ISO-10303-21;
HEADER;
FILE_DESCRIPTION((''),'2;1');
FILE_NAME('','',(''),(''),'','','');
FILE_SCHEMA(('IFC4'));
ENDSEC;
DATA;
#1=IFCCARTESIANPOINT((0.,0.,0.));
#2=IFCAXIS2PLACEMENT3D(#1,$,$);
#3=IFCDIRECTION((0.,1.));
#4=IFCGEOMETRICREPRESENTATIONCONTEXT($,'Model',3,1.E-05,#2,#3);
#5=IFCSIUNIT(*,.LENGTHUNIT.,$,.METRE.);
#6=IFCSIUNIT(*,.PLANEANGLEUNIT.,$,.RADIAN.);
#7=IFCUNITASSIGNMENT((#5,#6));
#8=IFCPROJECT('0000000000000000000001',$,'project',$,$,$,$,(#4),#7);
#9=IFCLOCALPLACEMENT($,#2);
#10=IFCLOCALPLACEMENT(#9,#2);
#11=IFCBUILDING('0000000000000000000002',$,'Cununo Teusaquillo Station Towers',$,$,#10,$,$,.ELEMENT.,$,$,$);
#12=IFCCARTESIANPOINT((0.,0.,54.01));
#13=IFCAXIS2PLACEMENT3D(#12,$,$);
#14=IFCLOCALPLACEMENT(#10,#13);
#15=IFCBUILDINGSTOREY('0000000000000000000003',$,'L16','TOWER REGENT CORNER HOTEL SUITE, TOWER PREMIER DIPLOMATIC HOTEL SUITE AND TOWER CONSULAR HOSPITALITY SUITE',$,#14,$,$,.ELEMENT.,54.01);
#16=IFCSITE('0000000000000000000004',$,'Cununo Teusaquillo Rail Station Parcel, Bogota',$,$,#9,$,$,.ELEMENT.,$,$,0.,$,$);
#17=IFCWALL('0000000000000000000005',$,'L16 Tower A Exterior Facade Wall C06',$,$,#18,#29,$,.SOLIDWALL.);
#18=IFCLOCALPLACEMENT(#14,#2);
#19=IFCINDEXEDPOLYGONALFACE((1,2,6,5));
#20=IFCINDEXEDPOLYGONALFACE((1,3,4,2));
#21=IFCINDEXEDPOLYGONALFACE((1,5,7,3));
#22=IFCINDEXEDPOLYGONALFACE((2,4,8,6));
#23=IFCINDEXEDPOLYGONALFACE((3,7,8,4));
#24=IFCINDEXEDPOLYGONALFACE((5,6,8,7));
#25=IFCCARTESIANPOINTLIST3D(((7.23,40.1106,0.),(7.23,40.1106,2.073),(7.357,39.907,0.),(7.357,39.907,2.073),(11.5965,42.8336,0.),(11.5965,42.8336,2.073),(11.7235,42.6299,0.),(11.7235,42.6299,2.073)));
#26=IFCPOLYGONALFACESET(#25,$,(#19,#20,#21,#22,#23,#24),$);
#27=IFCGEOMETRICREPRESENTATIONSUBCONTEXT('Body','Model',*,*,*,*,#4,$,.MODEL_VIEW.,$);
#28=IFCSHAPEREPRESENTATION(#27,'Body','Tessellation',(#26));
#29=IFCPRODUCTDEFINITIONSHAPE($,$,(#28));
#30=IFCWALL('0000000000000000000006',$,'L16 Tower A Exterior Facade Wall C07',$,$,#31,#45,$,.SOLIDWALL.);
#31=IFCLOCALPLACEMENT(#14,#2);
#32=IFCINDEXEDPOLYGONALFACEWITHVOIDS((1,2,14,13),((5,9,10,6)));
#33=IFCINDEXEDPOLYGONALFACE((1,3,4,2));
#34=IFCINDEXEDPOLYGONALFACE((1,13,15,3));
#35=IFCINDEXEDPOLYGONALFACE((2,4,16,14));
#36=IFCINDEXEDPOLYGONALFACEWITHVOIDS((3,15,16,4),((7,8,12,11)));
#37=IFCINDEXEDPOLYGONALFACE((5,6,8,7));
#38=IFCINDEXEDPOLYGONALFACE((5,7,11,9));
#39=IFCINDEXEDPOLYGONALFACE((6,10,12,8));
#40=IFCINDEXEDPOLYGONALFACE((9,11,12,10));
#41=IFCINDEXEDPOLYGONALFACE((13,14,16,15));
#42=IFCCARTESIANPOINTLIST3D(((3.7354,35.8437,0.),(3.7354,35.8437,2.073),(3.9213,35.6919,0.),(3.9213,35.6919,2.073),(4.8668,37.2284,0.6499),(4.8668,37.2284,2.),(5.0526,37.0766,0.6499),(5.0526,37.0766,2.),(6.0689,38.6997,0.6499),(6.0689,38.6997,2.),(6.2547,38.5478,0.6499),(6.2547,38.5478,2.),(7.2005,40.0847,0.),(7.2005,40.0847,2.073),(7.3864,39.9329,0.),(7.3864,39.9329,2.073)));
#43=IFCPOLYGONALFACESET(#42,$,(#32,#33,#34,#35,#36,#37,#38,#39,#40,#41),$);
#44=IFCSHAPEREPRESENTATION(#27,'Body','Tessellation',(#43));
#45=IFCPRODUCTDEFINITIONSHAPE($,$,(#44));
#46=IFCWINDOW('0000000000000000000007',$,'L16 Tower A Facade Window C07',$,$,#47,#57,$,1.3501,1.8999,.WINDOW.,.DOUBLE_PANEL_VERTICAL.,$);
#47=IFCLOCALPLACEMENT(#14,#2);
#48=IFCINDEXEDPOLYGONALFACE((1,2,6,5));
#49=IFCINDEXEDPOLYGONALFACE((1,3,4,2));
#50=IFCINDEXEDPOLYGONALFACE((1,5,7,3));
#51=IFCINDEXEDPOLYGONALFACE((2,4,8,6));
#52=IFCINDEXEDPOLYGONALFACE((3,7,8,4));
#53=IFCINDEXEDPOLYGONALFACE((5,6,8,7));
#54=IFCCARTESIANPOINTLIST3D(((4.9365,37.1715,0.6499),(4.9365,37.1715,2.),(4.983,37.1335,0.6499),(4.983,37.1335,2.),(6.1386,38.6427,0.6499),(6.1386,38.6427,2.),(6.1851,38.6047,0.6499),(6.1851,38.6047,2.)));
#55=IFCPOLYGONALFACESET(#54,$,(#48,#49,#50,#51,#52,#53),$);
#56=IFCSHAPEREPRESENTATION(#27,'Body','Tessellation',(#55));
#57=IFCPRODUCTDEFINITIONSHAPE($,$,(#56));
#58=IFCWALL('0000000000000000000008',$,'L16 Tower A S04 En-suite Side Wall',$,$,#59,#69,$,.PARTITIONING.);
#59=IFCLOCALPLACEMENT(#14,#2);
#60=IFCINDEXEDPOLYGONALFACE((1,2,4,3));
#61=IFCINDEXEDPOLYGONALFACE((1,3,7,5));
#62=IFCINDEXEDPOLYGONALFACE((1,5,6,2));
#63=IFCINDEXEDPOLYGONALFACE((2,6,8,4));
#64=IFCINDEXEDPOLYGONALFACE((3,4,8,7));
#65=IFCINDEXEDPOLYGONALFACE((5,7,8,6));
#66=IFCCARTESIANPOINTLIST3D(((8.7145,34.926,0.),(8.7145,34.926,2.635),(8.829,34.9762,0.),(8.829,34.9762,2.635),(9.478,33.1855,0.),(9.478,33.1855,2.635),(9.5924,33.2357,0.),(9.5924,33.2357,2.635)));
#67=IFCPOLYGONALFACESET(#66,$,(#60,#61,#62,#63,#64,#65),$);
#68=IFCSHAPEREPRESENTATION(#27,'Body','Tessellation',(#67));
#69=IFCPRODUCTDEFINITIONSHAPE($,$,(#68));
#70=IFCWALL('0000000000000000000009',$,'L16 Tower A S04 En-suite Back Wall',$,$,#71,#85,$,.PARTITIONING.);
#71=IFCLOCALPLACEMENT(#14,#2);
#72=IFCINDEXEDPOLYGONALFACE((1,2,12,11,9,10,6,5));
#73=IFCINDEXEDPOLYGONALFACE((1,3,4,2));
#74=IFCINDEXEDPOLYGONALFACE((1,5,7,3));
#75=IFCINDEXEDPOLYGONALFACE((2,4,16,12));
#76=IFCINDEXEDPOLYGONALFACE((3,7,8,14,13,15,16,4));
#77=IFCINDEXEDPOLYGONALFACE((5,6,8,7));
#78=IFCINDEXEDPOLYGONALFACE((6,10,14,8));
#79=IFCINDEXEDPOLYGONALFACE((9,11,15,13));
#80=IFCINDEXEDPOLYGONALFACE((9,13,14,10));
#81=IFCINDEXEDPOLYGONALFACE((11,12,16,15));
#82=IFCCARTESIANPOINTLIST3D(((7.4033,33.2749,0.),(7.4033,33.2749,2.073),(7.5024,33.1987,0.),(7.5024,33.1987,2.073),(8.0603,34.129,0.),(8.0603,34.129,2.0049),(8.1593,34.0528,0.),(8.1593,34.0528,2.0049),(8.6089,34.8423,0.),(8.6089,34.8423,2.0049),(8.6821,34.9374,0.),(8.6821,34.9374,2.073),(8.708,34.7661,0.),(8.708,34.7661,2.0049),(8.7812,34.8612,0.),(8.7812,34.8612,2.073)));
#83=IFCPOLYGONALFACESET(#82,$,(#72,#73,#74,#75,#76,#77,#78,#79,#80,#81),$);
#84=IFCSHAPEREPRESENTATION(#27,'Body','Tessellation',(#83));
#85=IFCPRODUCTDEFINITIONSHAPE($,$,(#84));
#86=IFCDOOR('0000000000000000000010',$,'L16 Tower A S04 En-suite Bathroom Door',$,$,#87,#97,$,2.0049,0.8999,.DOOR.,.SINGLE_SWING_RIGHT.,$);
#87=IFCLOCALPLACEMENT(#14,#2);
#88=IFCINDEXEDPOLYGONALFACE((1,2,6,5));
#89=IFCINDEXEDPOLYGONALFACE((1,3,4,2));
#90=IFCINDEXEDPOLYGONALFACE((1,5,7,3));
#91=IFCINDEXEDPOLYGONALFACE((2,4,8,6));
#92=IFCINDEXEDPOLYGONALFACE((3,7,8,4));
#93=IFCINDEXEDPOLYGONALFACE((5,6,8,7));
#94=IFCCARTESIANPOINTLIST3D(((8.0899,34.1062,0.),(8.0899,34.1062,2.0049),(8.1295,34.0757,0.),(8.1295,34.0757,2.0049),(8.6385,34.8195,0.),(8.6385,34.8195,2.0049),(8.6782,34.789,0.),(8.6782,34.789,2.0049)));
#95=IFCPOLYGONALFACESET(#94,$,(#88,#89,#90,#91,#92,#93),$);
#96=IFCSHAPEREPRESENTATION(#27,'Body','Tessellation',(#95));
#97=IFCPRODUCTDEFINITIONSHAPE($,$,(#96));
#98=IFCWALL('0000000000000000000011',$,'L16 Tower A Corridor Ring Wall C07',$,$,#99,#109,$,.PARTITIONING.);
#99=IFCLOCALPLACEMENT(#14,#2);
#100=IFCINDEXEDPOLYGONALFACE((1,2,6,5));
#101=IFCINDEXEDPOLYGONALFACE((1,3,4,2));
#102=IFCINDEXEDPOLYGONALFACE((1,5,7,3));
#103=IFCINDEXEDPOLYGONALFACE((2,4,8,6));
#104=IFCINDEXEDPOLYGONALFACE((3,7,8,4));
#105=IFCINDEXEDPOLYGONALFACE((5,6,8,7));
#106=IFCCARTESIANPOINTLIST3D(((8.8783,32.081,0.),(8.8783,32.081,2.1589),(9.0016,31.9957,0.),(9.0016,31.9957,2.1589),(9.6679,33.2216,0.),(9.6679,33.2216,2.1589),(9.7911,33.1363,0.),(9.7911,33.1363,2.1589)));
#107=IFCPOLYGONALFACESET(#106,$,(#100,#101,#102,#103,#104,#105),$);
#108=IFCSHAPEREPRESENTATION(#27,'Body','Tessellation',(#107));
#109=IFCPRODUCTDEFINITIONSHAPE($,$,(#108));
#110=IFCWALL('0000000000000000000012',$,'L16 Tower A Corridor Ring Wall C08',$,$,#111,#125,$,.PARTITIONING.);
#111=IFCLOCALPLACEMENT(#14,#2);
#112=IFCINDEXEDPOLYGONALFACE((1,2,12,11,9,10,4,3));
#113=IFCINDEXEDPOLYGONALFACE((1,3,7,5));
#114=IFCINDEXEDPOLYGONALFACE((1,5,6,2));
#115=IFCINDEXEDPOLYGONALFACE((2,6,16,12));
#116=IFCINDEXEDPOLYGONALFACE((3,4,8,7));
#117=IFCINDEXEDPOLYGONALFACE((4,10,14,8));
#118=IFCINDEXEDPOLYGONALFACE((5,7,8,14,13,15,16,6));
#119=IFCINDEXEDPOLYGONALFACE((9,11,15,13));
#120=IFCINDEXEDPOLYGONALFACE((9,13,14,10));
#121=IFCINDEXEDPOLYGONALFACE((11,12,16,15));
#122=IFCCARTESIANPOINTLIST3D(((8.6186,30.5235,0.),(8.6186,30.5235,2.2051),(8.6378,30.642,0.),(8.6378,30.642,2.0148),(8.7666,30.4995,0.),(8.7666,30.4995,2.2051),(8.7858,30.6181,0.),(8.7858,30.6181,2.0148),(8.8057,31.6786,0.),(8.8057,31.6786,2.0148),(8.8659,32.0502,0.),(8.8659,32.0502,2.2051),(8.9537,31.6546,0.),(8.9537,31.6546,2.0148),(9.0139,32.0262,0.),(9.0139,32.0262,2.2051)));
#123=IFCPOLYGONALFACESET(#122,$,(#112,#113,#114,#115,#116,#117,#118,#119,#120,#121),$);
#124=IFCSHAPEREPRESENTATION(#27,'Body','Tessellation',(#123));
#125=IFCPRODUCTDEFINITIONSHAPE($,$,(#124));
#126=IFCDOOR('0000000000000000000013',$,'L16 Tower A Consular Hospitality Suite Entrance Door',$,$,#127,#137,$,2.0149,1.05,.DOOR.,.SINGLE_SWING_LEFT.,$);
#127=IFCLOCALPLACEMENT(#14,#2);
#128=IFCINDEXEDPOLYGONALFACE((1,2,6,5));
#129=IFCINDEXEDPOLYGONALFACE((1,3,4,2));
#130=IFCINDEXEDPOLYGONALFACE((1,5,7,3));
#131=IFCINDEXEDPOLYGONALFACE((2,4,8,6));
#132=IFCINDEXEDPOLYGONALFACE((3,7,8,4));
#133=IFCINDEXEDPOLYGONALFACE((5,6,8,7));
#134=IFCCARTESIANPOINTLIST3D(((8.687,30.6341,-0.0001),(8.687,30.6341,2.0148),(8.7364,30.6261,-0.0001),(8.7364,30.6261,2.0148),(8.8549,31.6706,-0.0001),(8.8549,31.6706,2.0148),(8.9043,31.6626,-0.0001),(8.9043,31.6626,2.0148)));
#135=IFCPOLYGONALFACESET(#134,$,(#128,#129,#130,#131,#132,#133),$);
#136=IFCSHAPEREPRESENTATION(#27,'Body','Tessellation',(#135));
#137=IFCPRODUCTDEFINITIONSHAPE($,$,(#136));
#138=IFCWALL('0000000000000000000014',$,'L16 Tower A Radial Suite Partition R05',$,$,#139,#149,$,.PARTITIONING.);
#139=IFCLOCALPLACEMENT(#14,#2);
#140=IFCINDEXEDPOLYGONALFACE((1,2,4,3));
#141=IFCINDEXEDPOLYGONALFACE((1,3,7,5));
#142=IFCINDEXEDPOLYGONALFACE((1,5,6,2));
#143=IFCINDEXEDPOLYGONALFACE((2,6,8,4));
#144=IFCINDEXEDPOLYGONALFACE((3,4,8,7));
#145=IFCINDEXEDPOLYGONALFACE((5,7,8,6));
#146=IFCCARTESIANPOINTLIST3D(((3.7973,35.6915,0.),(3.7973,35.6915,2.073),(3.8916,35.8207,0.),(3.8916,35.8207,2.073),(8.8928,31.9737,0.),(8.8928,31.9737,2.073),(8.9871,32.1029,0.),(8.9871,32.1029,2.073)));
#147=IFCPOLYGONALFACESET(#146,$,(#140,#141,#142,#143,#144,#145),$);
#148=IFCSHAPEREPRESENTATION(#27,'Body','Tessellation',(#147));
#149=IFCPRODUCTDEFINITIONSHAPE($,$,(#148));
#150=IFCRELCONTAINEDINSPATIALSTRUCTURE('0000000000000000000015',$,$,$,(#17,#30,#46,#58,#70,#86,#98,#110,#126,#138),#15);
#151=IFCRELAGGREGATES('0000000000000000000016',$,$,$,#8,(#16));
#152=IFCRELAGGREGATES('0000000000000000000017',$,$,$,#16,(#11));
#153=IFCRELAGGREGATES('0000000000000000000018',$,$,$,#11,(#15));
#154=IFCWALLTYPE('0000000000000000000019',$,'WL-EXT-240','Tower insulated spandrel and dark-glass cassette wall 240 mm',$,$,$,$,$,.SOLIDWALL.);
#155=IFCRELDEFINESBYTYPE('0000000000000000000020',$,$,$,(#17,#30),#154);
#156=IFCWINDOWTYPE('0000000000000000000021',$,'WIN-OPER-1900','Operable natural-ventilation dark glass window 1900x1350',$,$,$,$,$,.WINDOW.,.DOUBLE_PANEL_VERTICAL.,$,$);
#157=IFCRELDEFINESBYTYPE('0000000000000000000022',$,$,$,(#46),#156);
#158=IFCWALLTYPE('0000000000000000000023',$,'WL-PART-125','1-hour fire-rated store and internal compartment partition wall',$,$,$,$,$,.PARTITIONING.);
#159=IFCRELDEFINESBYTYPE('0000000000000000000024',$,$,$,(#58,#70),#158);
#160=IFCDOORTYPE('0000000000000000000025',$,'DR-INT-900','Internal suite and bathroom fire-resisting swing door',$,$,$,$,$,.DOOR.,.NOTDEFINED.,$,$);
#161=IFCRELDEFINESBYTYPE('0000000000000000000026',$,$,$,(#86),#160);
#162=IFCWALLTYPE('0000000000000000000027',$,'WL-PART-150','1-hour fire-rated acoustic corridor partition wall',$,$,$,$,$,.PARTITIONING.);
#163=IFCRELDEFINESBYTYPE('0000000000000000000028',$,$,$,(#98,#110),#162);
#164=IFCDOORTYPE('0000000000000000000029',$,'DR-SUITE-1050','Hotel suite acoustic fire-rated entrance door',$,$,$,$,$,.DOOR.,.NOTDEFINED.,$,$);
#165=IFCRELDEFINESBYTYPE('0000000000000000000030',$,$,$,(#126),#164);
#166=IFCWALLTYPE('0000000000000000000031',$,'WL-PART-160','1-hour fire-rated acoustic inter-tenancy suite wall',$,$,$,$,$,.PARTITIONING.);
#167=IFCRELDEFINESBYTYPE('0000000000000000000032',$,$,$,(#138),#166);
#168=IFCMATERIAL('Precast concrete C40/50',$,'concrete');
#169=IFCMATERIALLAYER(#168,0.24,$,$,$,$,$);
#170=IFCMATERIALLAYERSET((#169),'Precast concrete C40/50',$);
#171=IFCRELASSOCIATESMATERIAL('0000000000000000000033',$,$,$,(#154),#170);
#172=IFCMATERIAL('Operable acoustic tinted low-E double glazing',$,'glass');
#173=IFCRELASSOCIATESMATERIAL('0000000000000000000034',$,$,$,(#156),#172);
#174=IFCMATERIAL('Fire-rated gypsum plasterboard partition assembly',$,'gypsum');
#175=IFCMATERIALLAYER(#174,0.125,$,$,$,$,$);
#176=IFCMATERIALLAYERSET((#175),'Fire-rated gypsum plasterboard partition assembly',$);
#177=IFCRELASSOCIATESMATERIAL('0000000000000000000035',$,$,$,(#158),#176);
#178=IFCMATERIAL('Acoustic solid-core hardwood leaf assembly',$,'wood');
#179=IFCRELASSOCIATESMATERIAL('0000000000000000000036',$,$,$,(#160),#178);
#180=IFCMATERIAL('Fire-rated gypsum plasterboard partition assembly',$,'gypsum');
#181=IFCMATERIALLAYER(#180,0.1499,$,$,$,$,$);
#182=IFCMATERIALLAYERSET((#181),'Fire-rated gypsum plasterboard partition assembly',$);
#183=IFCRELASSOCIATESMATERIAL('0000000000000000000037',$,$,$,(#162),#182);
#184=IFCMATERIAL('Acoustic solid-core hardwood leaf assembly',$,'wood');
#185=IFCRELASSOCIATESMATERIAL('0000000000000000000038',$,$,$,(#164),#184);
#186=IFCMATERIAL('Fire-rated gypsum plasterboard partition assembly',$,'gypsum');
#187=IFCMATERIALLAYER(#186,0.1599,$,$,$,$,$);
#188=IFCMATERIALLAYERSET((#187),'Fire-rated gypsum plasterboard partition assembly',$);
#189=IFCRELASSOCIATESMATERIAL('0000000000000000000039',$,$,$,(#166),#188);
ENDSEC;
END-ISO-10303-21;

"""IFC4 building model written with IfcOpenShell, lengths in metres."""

from ifc_helpers import new_model, si_unit, direction, frame, frame_2d, origin, place, context, subcontext, project, spatial, rectangle, extrude, source, transform, mapped, material, layer, layer_set, type_object, element, fill, save


model = new_model("IFC4")

# Units and contexts
model_context = context("Model", 3, precision=1e-05, world=origin(), true_north=direction((0.0, 1.0)))
body_context = subcontext(model_context, "Body", "Model", "MODEL_VIEW")
ifc_project = project(units=[si_unit("LENGTHUNIT", "METRE"), si_unit("PLANEANGLEUNIT", "RADIAN")], contexts=[model_context])

# Site, building, storey
site_placement = place(None, origin())
site = spatial("IfcSite", under=ifc_project, at=site_placement, Name="Cununo Teusaquillo Rail Station Parcel, Bogota", CompositionType="ELEMENT", RefElevation=0.0)
building_placement = place(site_placement, origin())
building = spatial("IfcBuilding", under=site, at=building_placement, Name="Cununo Teusaquillo Station Towers", CompositionType="ELEMENT")
storey_placement = place(building_placement, frame((0.0, 0.0, 54.01)))
storey = spatial("IfcBuildingStorey", under=building, at=storey_placement, Name="L16", Description="TOWER REGENT CORNER HOTEL SUITE, TOWER PREMIER DIPLOMATIC HOTEL SUITE AND TOWER CONSULAR HOSPITALITY SUITE", CompositionType="ELEMENT", Elevation=54.01)

# Wall
ifc_material_1 = material(Name="Precast concrete C40/50", Category="concrete")
ifc_layer_1 = layer(ifc_material_1, 0.24)
ifc_layer_set_1 = layer_set([ifc_layer_1], Name="Precast concrete C40/50")
wall_type_1 = type_object("IfcWallType", Name="WL-EXT-240", Description="Tower insulated spandrel and dark-glass cassette wall 240 mm", PredefinedType="SOLIDWALL", material=ifc_layer_set_1)
wall_1_placement = place(storey_placement, frame((7.2935, 40.0088, 0.0), z_axis=(0.0, 0.0, 1.0), x_axis=(0.848534, 0.529141, 0.0)))
element("IfcWall", 1, at=wall_1_placement, inside=storey, type_object=wall_type_1, Name="L16 Tower A Exterior Facade Wall C06", PredefinedType="SOLIDWALL", context=body_context, shape_type="SweptSolid", body=[
    extrude(rectangle(XDim=5.146, YDim=0.24, at=frame_2d((2.573, 0.0))), origin(), (0.0, 0.0, 1.0), 2.073),
])

# Wall, opening, window
wall_2_placement = place(storey_placement, frame((3.8284, 35.7678, 0.0), z_axis=(0.0, 0.0, 1.0), x_axis=(0.632713, 0.774386, 0.0)))
wall_2 = element("IfcWall", 2, at=wall_2_placement, inside=storey, type_object=wall_type_1, Name="L16 Tower A Exterior Facade Wall C07", PredefinedType="SOLIDWALL", context=body_context, shape_type="SweptSolid", body=[
    extrude(rectangle(XDim=5.4766, YDim=0.24, at=frame_2d((2.7383, 0.0))), origin(), (0.0, 0.0, 1.0), 2.073),
])
shared_shape_1 = source(origin(), body_context, "Body", "SweptSolid", [
    extrude(rectangle(XDim=1.8999, YDim=1.3501, at=frame_2d((0.95, 0.675))), frame((0.0, 0.1299, 0.0), z_axis=(0.0, -1.0, 0.0), x_axis=(1.0, 0.0, 0.0)), (0.0, 0.0, 1.0), 0.26),
])
opening_1_placement = place(wall_2_placement, frame((1.7881, 0.0, 0.6499)))
opening_1 = element("IfcOpeningElement", 3, at=opening_1_placement, cuts=wall_2, PredefinedType="OPENING", context=body_context, shape_type="MappedRepresentation", body=[
    mapped(shared_shape_1, transform((0.0, 0.0, 0.0), x_axis=(1.0, 0.0, 0.0), y_axis=(0.0, 1.0, 0.0), z_axis=(0.0, 0.0, 1.0), scale=1.0)),
])
ifc_material_2 = material(Name="Operable acoustic tinted low-E double glazing", Category="glass")
window_type = type_object("IfcWindowType", Name="WIN-OPER-1900", Description="Operable natural-ventilation dark glass window 1900x1350", PartitioningType="DOUBLE_PANEL_VERTICAL", PredefinedType="WINDOW", material=ifc_material_2)
shared_shape_2 = source(origin(), body_context, "Body", "SweptSolid", [
    extrude(rectangle(XDim=1.8999, YDim=1.3501, at=frame_2d((0.95, 0.675))), frame((0.0, 0.03, 0.0), z_axis=(0.0, -1.0, 0.0), x_axis=(1.0, 0.0, 0.0)), (0.0, 0.0, 1.0), 0.0601),
])
window_placement = place(opening_1_placement, origin())
window = element("IfcWindow", 4, at=window_placement, inside=storey, type_object=window_type, Name="L16 Tower A Facade Window C07", OverallHeight=1.3501, OverallWidth=1.8999, PartitioningType="DOUBLE_PANEL_VERTICAL", PredefinedType="WINDOW", context=body_context, shape_type="MappedRepresentation", body=[
    mapped(shared_shape_2, transform((0.0, 0.0, 0.0), x_axis=(1.0, 0.0, 0.0), y_axis=(0.0, 1.0, 0.0), z_axis=(0.0, 0.0, 1.0), scale=1.0)),
])
fill(opening_1, window)

# Wall
ifc_material_3 = material(Name="Fire-rated gypsum plasterboard partition assembly", Category="gypsum")
ifc_layer_2 = layer(ifc_material_3, 0.125)
ifc_layer_set_2 = layer_set([ifc_layer_2], Name="Fire-rated gypsum plasterboard partition assembly")
wall_type_2 = type_object("IfcWallType", Name="WL-PART-125", Description="1-hour fire-rated store and internal compartment partition wall", PredefinedType="PARTITIONING", material=ifc_layer_set_2)
wall_3_placement = place(storey_placement, frame((9.5352, 33.2107, 0.0), z_axis=(0.0, 0.0, 1.0), x_axis=(-0.401688, 0.915777, 0.0)))
element("IfcWall", 5, at=wall_3_placement, inside=storey, type_object=wall_type_2, Name="L16 Tower A S04 En-suite Side Wall", PredefinedType="PARTITIONING", context=body_context, shape_type="SweptSolid", body=[
    extrude(rectangle(XDim=1.9006, YDim=0.125, at=frame_2d((0.9502, 0.0))), origin(), (0.0, 0.0, 1.0), 2.635),
])

# Wall, opening, door
wall_4_placement = place(storey_placement, frame((8.7317, 34.8994, 0.0), z_axis=(0.0, 0.0, 1.0), x_axis=(-0.609677, -0.79265, 0.0)))
wall_4 = element("IfcWall", 6, at=wall_4_placement, inside=storey, type_object=wall_type_2, Name="L16 Tower A S04 En-suite Back Wall", PredefinedType="PARTITIONING", context=body_context, shape_type="SweptSolid", body=[
    extrude(rectangle(XDim=2.0974, YDim=0.125, at=frame_2d((1.0488, 0.0))), origin(), (0.0, 0.0, 1.0), 2.073),
])
shared_shape_3 = source(origin(), body_context, "Body", "SweptSolid", [
    extrude(rectangle(XDim=0.8999, YDim=2.0049, at=frame_2d((0.45, 1.0024))), frame((0.0, 0.0725, 0.0), z_axis=(0.0, -1.0, 0.0), x_axis=(1.0, 0.0, 0.0)), (0.0, 0.0, 1.0), 0.145),
])
opening_2_placement = place(wall_4_placement, frame((0.1201, 0.0, 0.0)))
opening_2 = element("IfcOpeningElement", 7, at=opening_2_placement, cuts=wall_4, PredefinedType="OPENING", context=body_context, shape_type="MappedRepresentation", body=[
    mapped(shared_shape_3, transform((0.0, 0.0, 0.0), x_axis=(1.0, 0.0, 0.0), y_axis=(0.0, 1.0, 0.0), z_axis=(0.0, 0.0, 1.0), scale=1.0)),
])
ifc_material_4 = material(Name="Acoustic solid-core hardwood leaf assembly", Category="wood")
door_type_1 = type_object("IfcDoorType", Name="DR-INT-900", Description="Internal suite and bathroom fire-resisting swing door", OperationType="NOTDEFINED", PredefinedType="DOOR", material=ifc_material_4)
shared_shape_4 = source(origin(), body_context, "Body", "SweptSolid", [
    extrude(rectangle(XDim=0.8999, YDim=2.0049, at=frame_2d((0.45, 1.0024))), frame((0.0, 0.0249, 0.0), z_axis=(0.0, -1.0, 0.0), x_axis=(1.0, 0.0, 0.0)), (0.0, 0.0, 1.0), 0.05),
])
door_1_placement = place(opening_2_placement, origin())
door_1 = element("IfcDoor", 8, at=door_1_placement, inside=storey, type_object=door_type_1, Name="L16 Tower A S04 En-suite Bathroom Door", OperationType="SINGLE_SWING_RIGHT", OverallHeight=2.0049, OverallWidth=0.8999, PredefinedType="DOOR", context=body_context, shape_type="MappedRepresentation", body=[
    mapped(shared_shape_4, transform((0.0, 0.0, 0.0), x_axis=(1.0, 0.0, 0.0), y_axis=(0.0, 1.0, 0.0), z_axis=(0.0, 0.0, 1.0), scale=1.0)),
])
fill(opening_2, door_1)

# Wall
ifc_material_5 = material(Name="Fire-rated gypsum plasterboard partition assembly", Category="gypsum")
ifc_layer_3 = layer(ifc_material_5, 0.1499)
ifc_layer_set_3 = layer_set([ifc_layer_3], Name="Fire-rated gypsum plasterboard partition assembly")
wall_type_3 = type_object("IfcWallType", Name="WL-PART-150", Description="1-hour fire-rated acoustic corridor partition wall", PredefinedType="PARTITIONING", material=ifc_layer_set_3)
wall_5_placement = place(storey_placement, frame((9.7295, 33.179, 0.0), z_axis=(0.0, 0.0, 1.0), x_axis=(-0.569155, -0.82223, 0.0)))
element("IfcWall", 9, at=wall_5_placement, inside=storey, type_object=wall_type_3, Name="L16 Tower A Corridor Ring Wall C07", PredefinedType="PARTITIONING", context=body_context, shape_type="SweptSolid", body=[
    extrude(rectangle(XDim=1.3872, YDim=0.1499, at=frame_2d((0.6936, 0.0))), origin(), (0.0, 0.0, 1.0), 2.1589),
])

# Wall, opening, door
wall_6_placement = place(storey_placement, frame((8.9399, 32.0383, 0.0), z_axis=(0.0, 0.0, 1.0), x_axis=(-0.159917, -0.98713, 0.0)))
wall_6 = element("IfcWall", 10, at=wall_6_placement, inside=storey, type_object=wall_type_3, Name="L16 Tower A Corridor Ring Wall C08", PredefinedType="PARTITIONING", context=body_context, shape_type="SweptSolid", body=[
    extrude(rectangle(XDim=1.5466, YDim=0.1499, at=frame_2d((0.7734, 0.0))), origin(), (0.0, 0.0, 1.0), 2.2051),
])
shared_shape_5 = source(origin(), body_context, "Body", "SweptSolid", [
    extrude(rectangle(XDim=1.05, YDim=2.0149, at=frame_2d((0.5249, 1.0073))), frame((0.0, 0.085, 0.0), z_axis=(0.0, -1.0, 0.0), x_axis=(1.0, 0.0, 0.0)), (0.0, 0.0, 1.0), 0.1699),
])
opening_3_placement = place(wall_6_placement, frame((0.3767, 0.0, 0.0)))
opening_3 = element("IfcOpeningElement", 11, at=opening_3_placement, cuts=wall_6, PredefinedType="OPENING", context=body_context, shape_type="MappedRepresentation", body=[
    mapped(shared_shape_5, transform((0.0, 0.0, 0.0), x_axis=(1.0, 0.0, 0.0), y_axis=(0.0, 1.0, 0.0), z_axis=(0.0, 0.0, 1.0), scale=1.0)),
])
ifc_material_6 = material(Name="Acoustic solid-core hardwood leaf assembly", Category="wood")
door_type_2 = type_object("IfcDoorType", Name="DR-SUITE-1050", Description="Hotel suite acoustic fire-rated entrance door", OperationType="NOTDEFINED", PredefinedType="DOOR", material=ifc_material_6)
shared_shape_6 = source(origin(), body_context, "Body", "SweptSolid", [
    extrude(rectangle(XDim=1.05, YDim=2.0149, at=frame_2d((0.5249, 1.0073))), frame((0.0, 0.0249, 0.0), z_axis=(0.0, -1.0, 0.0), x_axis=(1.0, 0.0, 0.0)), (0.0, 0.0, 1.0), 0.05),
])
door_2_placement = place(opening_3_placement, origin())
door_2 = element("IfcDoor", 12, at=door_2_placement, inside=storey, type_object=door_type_2, Name="L16 Tower A Consular Hospitality Suite Entrance Door", OperationType="SINGLE_SWING_LEFT", OverallHeight=2.0149, OverallWidth=1.05, PredefinedType="DOOR", context=body_context, shape_type="MappedRepresentation", body=[
    mapped(shared_shape_6, transform((0.0, 0.0, 0.0), x_axis=(1.0, 0.0, 0.0), y_axis=(0.0, 1.0, 0.0), z_axis=(0.0, 0.0, 1.0), scale=1.0)),
])
fill(opening_3, door_2)

# Wall
ifc_material_7 = material(Name="Fire-rated gypsum plasterboard partition assembly", Category="gypsum")
ifc_layer_4 = layer(ifc_material_7, 0.1599)
ifc_layer_set_4 = layer_set([ifc_layer_4], Name="Fire-rated gypsum plasterboard partition assembly")
wall_type_4 = type_object("IfcWallType", Name="WL-PART-160", Description="1-hour fire-rated acoustic inter-tenancy suite wall", PredefinedType="PARTITIONING", material=ifc_layer_set_4)
wall_7_placement = place(storey_placement, frame((8.9399, 32.0383, 0.0), z_axis=(0.0, 0.0, 1.0), x_axis=(-0.807831, 0.589414, 0.0)))
element("IfcWall", 13, at=wall_7_placement, inside=storey, type_object=wall_type_4, Name="L16 Tower A Radial Suite Partition R05", PredefinedType="PARTITIONING", context=body_context, shape_type="SweptSolid", body=[
    extrude(rectangle(XDim=6.3076, YDim=0.1599, at=frame_2d((3.1538, 0.0))), origin(), (0.0, 0.0, 1.0), 2.073),
])

save(model, "model.ifc")
